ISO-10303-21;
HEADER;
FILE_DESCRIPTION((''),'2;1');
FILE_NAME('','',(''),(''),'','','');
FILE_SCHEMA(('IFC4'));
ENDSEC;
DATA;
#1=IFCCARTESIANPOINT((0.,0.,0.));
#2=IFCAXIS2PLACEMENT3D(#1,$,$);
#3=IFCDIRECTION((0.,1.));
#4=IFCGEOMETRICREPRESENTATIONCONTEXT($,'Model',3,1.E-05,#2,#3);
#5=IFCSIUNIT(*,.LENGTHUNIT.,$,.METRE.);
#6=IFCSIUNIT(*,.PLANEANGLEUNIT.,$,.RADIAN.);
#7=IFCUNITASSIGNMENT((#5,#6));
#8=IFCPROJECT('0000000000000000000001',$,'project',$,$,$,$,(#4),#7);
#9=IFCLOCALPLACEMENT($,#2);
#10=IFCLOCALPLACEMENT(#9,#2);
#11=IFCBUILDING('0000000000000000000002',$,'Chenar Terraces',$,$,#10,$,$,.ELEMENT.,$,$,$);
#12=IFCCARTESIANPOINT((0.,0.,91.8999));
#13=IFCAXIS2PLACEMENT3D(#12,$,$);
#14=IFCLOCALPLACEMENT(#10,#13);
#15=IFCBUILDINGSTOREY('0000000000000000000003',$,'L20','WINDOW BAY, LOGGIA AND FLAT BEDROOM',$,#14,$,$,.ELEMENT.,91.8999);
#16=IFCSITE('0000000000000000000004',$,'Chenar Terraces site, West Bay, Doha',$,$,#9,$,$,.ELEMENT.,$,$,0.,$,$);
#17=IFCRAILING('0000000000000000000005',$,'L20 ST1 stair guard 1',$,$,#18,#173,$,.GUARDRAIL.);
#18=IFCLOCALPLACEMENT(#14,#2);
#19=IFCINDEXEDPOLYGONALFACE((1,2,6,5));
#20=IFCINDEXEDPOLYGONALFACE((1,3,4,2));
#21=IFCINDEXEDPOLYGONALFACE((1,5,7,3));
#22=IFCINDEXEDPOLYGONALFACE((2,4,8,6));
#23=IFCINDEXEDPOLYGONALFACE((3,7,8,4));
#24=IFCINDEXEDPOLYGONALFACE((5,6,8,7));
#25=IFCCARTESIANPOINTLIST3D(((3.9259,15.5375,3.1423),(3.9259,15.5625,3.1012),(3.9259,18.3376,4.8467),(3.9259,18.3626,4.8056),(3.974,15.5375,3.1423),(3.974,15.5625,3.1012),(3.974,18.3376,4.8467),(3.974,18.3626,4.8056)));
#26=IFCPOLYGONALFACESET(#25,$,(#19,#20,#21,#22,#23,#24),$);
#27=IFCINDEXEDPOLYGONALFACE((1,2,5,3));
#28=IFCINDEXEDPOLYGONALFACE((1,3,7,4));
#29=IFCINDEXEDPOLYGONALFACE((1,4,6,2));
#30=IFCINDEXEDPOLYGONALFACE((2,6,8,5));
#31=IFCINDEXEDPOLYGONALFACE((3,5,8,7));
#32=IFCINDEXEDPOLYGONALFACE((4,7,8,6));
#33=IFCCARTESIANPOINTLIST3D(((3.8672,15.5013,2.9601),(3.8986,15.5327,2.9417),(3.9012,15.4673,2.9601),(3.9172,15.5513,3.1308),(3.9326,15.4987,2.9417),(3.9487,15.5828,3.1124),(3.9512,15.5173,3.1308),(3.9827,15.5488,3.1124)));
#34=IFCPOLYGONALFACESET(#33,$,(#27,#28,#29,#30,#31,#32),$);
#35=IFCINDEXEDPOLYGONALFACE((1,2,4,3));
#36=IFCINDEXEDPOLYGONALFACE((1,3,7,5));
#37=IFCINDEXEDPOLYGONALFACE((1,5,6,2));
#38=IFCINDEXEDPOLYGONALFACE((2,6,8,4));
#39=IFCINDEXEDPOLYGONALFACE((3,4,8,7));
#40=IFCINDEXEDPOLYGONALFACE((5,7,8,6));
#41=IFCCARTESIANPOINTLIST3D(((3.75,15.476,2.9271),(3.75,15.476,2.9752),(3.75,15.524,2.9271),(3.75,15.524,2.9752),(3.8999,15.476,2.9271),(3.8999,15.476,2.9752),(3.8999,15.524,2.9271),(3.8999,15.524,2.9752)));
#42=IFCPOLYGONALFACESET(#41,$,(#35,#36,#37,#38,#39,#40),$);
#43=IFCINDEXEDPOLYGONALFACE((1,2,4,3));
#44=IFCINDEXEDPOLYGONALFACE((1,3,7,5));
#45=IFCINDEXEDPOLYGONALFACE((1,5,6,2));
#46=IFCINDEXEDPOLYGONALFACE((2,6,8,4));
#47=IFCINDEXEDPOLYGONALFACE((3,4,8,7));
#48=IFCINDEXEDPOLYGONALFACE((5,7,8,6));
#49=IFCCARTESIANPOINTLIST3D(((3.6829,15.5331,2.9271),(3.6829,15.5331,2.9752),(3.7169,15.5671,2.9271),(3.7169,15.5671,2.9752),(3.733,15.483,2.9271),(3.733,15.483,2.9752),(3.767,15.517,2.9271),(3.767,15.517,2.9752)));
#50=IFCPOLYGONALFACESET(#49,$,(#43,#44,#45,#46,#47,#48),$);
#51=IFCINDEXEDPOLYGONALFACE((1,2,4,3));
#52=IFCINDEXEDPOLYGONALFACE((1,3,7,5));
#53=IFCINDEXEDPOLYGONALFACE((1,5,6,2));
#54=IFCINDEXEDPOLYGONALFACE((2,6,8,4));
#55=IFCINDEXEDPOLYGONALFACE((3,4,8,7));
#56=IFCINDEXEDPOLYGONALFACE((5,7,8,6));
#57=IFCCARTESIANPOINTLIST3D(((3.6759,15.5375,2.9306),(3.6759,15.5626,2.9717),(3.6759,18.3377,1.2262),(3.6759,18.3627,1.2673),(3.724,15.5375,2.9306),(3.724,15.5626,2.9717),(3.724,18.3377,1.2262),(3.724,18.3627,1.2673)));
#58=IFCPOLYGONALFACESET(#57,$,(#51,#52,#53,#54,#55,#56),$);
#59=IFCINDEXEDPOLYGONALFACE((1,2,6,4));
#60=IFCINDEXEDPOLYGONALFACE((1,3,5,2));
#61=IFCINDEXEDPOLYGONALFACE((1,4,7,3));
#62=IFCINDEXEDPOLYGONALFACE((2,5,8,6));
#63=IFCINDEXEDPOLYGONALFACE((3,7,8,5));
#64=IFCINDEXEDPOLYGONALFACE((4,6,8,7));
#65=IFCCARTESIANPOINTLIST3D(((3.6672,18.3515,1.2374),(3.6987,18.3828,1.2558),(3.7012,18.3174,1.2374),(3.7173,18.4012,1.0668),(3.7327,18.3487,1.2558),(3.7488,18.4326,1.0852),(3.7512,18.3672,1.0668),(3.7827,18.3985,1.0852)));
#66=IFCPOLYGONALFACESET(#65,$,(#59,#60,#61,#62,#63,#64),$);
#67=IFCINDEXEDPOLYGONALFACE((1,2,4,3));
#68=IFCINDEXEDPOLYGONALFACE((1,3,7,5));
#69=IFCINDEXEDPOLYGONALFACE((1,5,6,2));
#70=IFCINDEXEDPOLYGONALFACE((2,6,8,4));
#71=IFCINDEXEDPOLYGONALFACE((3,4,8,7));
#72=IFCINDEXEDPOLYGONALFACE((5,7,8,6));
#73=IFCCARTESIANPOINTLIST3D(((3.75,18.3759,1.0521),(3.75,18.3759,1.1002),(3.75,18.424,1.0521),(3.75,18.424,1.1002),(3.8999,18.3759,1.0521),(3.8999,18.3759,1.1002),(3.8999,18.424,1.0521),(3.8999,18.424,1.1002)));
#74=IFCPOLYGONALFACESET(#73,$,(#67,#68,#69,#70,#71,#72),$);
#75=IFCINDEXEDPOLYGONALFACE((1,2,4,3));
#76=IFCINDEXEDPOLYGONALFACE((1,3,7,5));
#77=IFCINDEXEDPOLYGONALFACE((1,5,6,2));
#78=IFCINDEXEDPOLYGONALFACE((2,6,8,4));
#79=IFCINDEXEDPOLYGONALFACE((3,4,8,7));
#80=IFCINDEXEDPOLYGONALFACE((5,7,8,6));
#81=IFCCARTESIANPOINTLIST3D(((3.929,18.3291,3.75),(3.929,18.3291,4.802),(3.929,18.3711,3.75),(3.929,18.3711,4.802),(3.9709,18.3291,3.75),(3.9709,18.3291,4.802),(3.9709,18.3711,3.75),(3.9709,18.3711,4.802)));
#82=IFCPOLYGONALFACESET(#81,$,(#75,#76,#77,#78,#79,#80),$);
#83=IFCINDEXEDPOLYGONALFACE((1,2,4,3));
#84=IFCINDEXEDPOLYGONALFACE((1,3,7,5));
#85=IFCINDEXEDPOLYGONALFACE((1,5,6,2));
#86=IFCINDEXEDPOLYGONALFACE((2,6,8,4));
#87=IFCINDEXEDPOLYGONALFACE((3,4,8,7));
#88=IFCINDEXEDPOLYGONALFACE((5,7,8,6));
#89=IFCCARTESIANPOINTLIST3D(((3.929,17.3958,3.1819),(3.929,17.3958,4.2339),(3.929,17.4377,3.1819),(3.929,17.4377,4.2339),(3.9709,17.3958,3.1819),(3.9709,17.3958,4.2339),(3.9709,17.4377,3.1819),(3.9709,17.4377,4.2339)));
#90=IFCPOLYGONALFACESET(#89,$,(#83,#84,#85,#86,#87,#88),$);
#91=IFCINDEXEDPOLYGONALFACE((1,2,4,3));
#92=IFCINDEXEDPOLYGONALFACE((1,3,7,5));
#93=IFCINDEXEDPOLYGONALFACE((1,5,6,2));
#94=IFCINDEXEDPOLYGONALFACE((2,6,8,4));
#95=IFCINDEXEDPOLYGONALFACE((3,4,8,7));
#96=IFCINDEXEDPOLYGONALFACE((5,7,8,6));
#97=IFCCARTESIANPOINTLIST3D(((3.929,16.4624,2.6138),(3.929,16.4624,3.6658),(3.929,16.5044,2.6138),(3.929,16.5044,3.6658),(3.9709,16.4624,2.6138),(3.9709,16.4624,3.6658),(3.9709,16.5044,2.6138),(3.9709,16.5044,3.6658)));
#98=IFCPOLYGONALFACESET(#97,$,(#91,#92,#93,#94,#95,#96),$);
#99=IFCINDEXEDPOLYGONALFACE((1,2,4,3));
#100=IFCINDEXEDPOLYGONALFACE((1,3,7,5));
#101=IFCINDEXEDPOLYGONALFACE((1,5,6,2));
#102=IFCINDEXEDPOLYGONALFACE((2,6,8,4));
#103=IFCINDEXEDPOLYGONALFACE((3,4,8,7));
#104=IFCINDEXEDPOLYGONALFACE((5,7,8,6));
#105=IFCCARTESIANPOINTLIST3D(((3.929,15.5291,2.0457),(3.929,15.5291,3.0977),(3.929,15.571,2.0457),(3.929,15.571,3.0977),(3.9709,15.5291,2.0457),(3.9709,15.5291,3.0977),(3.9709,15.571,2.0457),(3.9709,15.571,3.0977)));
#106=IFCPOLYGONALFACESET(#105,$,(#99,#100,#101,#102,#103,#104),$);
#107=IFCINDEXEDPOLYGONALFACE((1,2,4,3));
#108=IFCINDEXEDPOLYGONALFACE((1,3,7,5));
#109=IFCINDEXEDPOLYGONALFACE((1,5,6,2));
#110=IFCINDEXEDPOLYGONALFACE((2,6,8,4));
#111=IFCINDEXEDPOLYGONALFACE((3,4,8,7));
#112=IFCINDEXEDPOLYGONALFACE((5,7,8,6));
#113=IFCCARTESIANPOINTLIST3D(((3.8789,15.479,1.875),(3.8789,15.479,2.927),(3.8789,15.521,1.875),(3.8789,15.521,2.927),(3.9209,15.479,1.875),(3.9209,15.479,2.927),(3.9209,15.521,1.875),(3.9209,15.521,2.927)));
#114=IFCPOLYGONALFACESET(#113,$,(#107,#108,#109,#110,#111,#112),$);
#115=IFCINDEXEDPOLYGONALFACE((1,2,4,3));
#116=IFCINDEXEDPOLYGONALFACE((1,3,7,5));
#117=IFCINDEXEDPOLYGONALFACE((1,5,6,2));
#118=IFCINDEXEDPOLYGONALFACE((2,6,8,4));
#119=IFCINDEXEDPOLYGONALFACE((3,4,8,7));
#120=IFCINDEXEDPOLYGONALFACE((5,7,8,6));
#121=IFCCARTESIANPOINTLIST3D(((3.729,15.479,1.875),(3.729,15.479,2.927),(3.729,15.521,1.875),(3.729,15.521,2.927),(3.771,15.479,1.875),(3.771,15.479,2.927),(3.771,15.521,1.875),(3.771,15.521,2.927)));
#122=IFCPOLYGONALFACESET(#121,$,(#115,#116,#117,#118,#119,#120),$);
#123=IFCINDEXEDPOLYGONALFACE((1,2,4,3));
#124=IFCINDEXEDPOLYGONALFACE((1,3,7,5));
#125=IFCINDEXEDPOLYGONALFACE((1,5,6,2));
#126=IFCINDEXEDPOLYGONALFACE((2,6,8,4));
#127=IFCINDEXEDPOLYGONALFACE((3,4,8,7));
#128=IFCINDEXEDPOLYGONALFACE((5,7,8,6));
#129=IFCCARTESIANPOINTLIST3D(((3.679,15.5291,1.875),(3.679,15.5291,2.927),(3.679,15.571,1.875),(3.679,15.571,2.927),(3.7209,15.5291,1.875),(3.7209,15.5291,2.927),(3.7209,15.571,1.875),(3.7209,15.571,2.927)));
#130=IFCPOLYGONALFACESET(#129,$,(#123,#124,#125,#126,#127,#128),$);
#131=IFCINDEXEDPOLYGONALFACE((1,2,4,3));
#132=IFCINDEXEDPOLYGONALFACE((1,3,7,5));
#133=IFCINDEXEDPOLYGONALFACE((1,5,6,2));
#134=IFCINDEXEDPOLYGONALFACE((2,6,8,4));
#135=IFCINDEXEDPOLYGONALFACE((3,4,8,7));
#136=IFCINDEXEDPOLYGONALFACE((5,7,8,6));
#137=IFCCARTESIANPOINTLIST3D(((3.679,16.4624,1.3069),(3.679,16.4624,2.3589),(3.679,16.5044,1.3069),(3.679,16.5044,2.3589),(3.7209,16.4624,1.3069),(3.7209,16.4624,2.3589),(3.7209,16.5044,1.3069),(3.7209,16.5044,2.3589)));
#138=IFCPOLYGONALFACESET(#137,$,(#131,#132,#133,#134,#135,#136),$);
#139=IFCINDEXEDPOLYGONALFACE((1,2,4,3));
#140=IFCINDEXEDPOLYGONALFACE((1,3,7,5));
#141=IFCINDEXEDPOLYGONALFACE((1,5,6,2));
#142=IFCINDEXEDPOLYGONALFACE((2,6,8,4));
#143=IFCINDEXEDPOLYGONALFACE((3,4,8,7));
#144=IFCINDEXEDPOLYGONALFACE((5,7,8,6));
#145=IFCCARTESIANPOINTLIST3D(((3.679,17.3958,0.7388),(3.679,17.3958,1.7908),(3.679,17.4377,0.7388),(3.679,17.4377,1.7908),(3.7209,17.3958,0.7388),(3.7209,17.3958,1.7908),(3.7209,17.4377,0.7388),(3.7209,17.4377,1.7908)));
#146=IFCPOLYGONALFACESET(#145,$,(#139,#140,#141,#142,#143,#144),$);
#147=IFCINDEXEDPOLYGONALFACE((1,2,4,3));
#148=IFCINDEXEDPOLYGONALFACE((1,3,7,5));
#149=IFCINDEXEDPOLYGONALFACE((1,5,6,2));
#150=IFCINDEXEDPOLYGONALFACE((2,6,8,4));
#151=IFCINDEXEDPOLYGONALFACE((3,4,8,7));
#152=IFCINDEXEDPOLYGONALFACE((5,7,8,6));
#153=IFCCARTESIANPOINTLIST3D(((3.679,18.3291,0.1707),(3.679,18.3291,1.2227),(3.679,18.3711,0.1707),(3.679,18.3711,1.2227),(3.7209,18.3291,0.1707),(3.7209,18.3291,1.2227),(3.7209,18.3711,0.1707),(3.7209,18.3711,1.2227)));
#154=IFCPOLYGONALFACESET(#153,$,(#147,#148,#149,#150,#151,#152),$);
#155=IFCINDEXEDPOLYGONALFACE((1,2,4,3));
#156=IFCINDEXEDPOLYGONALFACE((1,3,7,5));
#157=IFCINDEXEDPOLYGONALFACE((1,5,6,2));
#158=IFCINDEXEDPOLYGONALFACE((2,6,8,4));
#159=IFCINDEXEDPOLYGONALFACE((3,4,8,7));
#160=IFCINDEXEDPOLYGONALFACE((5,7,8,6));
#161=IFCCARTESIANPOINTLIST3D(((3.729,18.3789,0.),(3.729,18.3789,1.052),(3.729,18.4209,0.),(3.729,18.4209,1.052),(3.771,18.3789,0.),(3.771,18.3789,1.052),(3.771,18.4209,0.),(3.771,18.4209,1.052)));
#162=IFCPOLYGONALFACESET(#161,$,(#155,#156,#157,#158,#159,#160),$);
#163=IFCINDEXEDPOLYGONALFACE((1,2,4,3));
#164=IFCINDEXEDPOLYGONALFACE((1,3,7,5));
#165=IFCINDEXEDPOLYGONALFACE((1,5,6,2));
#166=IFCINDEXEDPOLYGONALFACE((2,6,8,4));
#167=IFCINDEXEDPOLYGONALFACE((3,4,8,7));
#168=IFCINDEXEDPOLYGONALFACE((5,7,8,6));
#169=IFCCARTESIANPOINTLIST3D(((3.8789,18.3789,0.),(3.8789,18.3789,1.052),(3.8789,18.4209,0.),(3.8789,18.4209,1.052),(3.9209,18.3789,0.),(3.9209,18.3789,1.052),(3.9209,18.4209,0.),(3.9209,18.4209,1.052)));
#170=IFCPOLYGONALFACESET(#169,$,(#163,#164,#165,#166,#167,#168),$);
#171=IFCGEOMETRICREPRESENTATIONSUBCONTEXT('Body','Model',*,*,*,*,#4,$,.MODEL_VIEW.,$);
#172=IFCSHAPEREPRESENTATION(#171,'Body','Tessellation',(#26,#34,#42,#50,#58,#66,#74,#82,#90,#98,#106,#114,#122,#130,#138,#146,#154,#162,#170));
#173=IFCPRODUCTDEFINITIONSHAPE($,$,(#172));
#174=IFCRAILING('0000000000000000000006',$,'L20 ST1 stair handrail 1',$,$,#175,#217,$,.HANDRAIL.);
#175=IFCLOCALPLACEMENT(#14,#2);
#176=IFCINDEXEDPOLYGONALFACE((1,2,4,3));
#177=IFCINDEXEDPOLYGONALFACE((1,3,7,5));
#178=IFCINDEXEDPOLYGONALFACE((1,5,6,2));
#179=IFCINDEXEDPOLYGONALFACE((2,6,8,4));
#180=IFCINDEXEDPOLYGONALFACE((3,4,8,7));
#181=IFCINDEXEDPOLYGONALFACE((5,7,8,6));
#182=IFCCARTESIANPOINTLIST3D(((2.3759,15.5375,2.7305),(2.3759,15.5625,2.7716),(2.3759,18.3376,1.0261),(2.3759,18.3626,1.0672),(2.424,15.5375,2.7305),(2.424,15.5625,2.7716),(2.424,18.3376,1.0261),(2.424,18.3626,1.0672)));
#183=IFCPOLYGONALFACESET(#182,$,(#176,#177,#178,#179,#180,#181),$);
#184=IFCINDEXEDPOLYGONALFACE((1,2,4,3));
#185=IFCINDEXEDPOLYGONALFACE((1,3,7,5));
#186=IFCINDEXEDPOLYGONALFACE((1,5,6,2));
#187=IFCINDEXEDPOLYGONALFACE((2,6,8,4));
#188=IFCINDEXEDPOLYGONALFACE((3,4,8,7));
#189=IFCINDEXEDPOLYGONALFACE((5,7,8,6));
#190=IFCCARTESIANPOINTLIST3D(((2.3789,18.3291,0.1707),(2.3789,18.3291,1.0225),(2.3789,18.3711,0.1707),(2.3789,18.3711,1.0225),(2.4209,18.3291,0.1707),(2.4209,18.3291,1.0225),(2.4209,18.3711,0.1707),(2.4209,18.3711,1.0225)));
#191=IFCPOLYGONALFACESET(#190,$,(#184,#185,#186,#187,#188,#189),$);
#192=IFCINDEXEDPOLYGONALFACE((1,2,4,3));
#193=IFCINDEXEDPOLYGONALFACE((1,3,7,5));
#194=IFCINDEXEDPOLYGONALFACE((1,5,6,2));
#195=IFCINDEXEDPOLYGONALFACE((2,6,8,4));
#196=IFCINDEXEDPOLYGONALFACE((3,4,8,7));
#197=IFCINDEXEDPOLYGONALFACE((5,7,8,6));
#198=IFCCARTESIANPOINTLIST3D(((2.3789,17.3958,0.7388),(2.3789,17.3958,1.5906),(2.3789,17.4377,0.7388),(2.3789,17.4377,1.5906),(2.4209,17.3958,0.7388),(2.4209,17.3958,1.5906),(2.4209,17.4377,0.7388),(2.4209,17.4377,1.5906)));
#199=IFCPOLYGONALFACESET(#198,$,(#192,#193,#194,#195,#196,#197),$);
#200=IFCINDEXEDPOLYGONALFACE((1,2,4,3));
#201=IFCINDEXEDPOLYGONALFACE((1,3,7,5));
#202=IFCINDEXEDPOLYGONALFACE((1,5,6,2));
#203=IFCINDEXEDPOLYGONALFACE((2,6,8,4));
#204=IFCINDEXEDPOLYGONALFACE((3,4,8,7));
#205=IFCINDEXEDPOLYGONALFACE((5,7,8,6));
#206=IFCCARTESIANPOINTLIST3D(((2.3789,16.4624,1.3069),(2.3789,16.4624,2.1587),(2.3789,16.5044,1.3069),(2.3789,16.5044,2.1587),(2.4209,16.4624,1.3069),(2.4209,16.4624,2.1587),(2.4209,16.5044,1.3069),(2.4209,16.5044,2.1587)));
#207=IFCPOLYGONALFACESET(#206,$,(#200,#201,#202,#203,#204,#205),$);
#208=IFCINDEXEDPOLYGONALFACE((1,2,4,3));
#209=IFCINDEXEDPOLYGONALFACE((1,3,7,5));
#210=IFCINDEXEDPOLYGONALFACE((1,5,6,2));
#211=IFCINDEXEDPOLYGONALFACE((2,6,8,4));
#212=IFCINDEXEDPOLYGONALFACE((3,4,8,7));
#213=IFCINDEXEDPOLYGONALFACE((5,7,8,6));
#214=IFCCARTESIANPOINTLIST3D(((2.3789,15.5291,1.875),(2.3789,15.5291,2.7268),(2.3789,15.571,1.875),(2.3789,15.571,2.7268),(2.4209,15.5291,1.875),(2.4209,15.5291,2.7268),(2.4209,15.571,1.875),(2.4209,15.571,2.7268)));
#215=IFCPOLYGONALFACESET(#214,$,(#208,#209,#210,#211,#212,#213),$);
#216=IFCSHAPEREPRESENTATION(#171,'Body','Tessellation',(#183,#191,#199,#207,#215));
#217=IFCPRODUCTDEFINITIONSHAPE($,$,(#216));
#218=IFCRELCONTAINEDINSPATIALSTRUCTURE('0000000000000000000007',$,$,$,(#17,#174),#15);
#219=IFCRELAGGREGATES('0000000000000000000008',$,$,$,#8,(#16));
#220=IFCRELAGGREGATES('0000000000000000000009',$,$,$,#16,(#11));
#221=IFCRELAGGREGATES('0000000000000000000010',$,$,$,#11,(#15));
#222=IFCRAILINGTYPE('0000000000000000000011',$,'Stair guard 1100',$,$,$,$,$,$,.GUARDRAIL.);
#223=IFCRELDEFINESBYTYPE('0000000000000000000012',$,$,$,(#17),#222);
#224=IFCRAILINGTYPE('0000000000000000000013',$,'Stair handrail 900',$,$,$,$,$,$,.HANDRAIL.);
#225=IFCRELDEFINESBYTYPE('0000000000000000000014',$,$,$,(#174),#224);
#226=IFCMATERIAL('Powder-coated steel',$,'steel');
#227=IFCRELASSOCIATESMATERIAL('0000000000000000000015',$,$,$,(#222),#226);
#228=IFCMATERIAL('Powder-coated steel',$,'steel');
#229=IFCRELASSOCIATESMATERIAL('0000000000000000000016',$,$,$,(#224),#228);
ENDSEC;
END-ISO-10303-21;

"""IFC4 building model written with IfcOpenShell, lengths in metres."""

from ifc_helpers import new_model, si_unit, direction, frame, origin, origin_2d, place, context, subcontext, project, spatial, rectangle, extrude, material, type_object, element, save


model = new_model("IFC4")

# Units and contexts
model_context = context("Model", 3, precision=1e-05, world=origin(), true_north=direction((0.0, 1.0)))
body_context = subcontext(model_context, "Body", "Model", "MODEL_VIEW")
ifc_project = project(units=[si_unit("LENGTHUNIT", "METRE"), si_unit("PLANEANGLEUNIT", "RADIAN")], contexts=[model_context])

# Site, building, storey
site_placement = place(None, origin())
site = spatial("IfcSite", under=ifc_project, at=site_placement, Name="Chenar Terraces site, West Bay, Doha", CompositionType="ELEMENT", RefElevation=0.0)
building_placement = place(site_placement, origin())
building = spatial("IfcBuilding", under=site, at=building_placement, Name="Chenar Terraces", CompositionType="ELEMENT")
storey_placement = place(building_placement, frame((0.0, 0.0, 91.8999)))
storey = spatial("IfcBuildingStorey", under=building, at=storey_placement, Name="L20", Description="WINDOW BAY, LOGGIA AND FLAT BEDROOM", CompositionType="ELEMENT", Elevation=91.8999)

# Railings
ifc_material_1 = material(Name="Powder-coated steel", Category="steel")
railing_type_1 = type_object("IfcRailingType", Name="Stair guard 1100", PredefinedType="GUARDRAIL", material=ifc_material_1)
railing_1_placement = place(storey_placement, frame((3.95, 18.3501, 3.75)))
element("IfcRailing", 1, at=railing_1_placement, inside=storey, type_object=railing_type_1, Name="L20 ST1 stair guard 1", PredefinedType="GUARDRAIL", context=body_context, shape_type="SweptSolid", body=[
    extrude(rectangle(XDim=0.0481, YDim=0.0481, at=origin_2d()), frame((0.0, 0.0, 1.0762), z_axis=(0.0, -0.854203, -0.51994), x_axis=(1.0, 0.0, 0.0)), (0.0, 0.0, 1.0), 3.2781),
    extrude(rectangle(XDim=0.0481, YDim=0.0481, at=origin_2d()), frame((0.0, -2.8, -0.6284), z_axis=(-0.2709, -0.2709, -0.923703), x_axis=(0.707107, -0.707107, 0.0)), (0.0, 0.0, 1.0), 0.1848),
    extrude(rectangle(XDim=0.0481, YDim=0.0481, at=origin_2d()), frame((-0.05, -2.8501, -0.7988), z_axis=(-1.0, 0.0, 0.0), x_axis=(0.0, -1.0, 0.0)), (0.0, 0.0, 1.0), 0.1499),
    extrude(rectangle(XDim=0.0481, YDim=0.0481, at=origin_2d()), frame((-0.2, -2.8501, -0.7988), z_axis=(-0.707107, 0.707107, 0.0), x_axis=(-0.707107, -0.707107, 0.0)), (0.0, 0.0, 1.0), 0.0708),
    extrude(rectangle(XDim=0.0481, YDim=0.0481, at=origin_2d()), frame((-0.25, -2.8, -0.7988), z_axis=(0.0, 0.854203, -0.51994), x_axis=(-1.0, 0.0, 0.0)), (0.0, 0.0, 1.0), 3.2781),
    extrude(rectangle(XDim=0.0481, YDim=0.0481, at=origin_2d()), frame((-0.25, 0.0, -2.5034), z_axis=(0.270997, 0.269675, -0.924033), x_axis=(-0.705376, 0.708834, 0.0)), (0.0, 0.0, 1.0), 0.1846),
    extrude(rectangle(XDim=0.0481, YDim=0.0481, at=origin_2d()), frame((-0.2, 0.0498, -2.6738), z_axis=(1.0, 0.0, 0.0), x_axis=(0.0, 1.0, 0.0)), (0.0, 0.0, 1.0), 0.1499),
    extrude(rectangle(XDim=0.042, YDim=0.042, at=origin_2d()), origin(), (0.0, 0.0, 1.0), 1.052),
    extrude(rectangle(XDim=0.042, YDim=0.042, at=origin_2d()), frame((0.0, -0.9333, -0.5681)), (0.0, 0.0, 1.0), 1.052),
    extrude(rectangle(XDim=0.042, YDim=0.042, at=origin_2d()), frame((0.0, -1.8667, -1.1362)), (0.0, 0.0, 1.0), 1.052),
    extrude(rectangle(XDim=0.042, YDim=0.042, at=origin_2d()), frame((0.0, -2.8, -1.7043)), (0.0, 0.0, 1.0), 1.052),
    extrude(rectangle(XDim=0.042, YDim=0.042, at=origin_2d()), frame((-0.05, -2.8501, -1.875)), (0.0, 0.0, 1.0), 1.052),
    extrude(rectangle(XDim=0.042, YDim=0.042, at=origin_2d()), frame((-0.2, -2.8501, -1.875)), (0.0, 0.0, 1.0), 1.052),
    extrude(rectangle(XDim=0.042, YDim=0.042, at=origin_2d()), frame((-0.25, -2.8, -1.875)), (0.0, 0.0, 1.0), 1.052),
    extrude(rectangle(XDim=0.042, YDim=0.042, at=origin_2d()), frame((-0.25, -1.8667, -2.4431)), (0.0, 0.0, 1.0), 1.052),
    extrude(rectangle(XDim=0.042, YDim=0.042, at=origin_2d()), frame((-0.25, -0.9333, -3.0112)), (0.0, 0.0, 1.0), 1.052),
    extrude(rectangle(XDim=0.042, YDim=0.042, at=origin_2d()), frame((-0.25, 0.0, -3.5793)), (0.0, 0.0, 1.0), 1.052),
    extrude(rectangle(XDim=0.042, YDim=0.042, at=origin_2d()), frame((-0.2, 0.0498, -3.75)), (0.0, 0.0, 1.0), 1.052),
    extrude(rectangle(XDim=0.042, YDim=0.042, at=origin_2d()), frame((-0.05, 0.0498, -3.75)), (0.0, 0.0, 1.0), 1.052),
])
ifc_material_2 = material(Name="Powder-coated steel", Category="steel")
railing_type_2 = type_object("IfcRailingType", Name="Stair handrail 900", PredefinedType="HANDRAIL", material=ifc_material_2)
railing_2_placement = place(storey_placement, frame((2.3999, 18.3501, 0.1707)))
element("IfcRailing", 2, at=railing_2_placement, inside=storey, type_object=railing_type_2, Name="L20 ST1 stair handrail 1", PredefinedType="HANDRAIL", context=body_context, shape_type="SweptSolid", body=[
    extrude(rectangle(XDim=0.0481, YDim=0.0481, at=origin_2d()), frame((0.0, 0.0, 0.876), z_axis=(0.0, -0.854203, 0.51994), x_axis=(1.0, 0.0, 0.0)), (0.0, 0.0, 1.0), 3.2781),
    extrude(rectangle(XDim=0.042, YDim=0.042, at=origin_2d()), origin(), (0.0, 0.0, 1.0), 0.8518),
    extrude(rectangle(XDim=0.042, YDim=0.042, at=origin_2d()), frame((0.0, -0.9333, 0.5681)), (0.0, 0.0, 1.0), 0.8518),
    extrude(rectangle(XDim=0.042, YDim=0.042, at=origin_2d()), frame((0.0, -1.8667, 1.1362)), (0.0, 0.0, 1.0), 0.8518),
    extrude(rectangle(XDim=0.042, YDim=0.042, at=origin_2d()), frame((0.0, -2.8, 1.7043)), (0.0, 0.0, 1.0), 0.8518),
])

save(model, "model.ifc")
